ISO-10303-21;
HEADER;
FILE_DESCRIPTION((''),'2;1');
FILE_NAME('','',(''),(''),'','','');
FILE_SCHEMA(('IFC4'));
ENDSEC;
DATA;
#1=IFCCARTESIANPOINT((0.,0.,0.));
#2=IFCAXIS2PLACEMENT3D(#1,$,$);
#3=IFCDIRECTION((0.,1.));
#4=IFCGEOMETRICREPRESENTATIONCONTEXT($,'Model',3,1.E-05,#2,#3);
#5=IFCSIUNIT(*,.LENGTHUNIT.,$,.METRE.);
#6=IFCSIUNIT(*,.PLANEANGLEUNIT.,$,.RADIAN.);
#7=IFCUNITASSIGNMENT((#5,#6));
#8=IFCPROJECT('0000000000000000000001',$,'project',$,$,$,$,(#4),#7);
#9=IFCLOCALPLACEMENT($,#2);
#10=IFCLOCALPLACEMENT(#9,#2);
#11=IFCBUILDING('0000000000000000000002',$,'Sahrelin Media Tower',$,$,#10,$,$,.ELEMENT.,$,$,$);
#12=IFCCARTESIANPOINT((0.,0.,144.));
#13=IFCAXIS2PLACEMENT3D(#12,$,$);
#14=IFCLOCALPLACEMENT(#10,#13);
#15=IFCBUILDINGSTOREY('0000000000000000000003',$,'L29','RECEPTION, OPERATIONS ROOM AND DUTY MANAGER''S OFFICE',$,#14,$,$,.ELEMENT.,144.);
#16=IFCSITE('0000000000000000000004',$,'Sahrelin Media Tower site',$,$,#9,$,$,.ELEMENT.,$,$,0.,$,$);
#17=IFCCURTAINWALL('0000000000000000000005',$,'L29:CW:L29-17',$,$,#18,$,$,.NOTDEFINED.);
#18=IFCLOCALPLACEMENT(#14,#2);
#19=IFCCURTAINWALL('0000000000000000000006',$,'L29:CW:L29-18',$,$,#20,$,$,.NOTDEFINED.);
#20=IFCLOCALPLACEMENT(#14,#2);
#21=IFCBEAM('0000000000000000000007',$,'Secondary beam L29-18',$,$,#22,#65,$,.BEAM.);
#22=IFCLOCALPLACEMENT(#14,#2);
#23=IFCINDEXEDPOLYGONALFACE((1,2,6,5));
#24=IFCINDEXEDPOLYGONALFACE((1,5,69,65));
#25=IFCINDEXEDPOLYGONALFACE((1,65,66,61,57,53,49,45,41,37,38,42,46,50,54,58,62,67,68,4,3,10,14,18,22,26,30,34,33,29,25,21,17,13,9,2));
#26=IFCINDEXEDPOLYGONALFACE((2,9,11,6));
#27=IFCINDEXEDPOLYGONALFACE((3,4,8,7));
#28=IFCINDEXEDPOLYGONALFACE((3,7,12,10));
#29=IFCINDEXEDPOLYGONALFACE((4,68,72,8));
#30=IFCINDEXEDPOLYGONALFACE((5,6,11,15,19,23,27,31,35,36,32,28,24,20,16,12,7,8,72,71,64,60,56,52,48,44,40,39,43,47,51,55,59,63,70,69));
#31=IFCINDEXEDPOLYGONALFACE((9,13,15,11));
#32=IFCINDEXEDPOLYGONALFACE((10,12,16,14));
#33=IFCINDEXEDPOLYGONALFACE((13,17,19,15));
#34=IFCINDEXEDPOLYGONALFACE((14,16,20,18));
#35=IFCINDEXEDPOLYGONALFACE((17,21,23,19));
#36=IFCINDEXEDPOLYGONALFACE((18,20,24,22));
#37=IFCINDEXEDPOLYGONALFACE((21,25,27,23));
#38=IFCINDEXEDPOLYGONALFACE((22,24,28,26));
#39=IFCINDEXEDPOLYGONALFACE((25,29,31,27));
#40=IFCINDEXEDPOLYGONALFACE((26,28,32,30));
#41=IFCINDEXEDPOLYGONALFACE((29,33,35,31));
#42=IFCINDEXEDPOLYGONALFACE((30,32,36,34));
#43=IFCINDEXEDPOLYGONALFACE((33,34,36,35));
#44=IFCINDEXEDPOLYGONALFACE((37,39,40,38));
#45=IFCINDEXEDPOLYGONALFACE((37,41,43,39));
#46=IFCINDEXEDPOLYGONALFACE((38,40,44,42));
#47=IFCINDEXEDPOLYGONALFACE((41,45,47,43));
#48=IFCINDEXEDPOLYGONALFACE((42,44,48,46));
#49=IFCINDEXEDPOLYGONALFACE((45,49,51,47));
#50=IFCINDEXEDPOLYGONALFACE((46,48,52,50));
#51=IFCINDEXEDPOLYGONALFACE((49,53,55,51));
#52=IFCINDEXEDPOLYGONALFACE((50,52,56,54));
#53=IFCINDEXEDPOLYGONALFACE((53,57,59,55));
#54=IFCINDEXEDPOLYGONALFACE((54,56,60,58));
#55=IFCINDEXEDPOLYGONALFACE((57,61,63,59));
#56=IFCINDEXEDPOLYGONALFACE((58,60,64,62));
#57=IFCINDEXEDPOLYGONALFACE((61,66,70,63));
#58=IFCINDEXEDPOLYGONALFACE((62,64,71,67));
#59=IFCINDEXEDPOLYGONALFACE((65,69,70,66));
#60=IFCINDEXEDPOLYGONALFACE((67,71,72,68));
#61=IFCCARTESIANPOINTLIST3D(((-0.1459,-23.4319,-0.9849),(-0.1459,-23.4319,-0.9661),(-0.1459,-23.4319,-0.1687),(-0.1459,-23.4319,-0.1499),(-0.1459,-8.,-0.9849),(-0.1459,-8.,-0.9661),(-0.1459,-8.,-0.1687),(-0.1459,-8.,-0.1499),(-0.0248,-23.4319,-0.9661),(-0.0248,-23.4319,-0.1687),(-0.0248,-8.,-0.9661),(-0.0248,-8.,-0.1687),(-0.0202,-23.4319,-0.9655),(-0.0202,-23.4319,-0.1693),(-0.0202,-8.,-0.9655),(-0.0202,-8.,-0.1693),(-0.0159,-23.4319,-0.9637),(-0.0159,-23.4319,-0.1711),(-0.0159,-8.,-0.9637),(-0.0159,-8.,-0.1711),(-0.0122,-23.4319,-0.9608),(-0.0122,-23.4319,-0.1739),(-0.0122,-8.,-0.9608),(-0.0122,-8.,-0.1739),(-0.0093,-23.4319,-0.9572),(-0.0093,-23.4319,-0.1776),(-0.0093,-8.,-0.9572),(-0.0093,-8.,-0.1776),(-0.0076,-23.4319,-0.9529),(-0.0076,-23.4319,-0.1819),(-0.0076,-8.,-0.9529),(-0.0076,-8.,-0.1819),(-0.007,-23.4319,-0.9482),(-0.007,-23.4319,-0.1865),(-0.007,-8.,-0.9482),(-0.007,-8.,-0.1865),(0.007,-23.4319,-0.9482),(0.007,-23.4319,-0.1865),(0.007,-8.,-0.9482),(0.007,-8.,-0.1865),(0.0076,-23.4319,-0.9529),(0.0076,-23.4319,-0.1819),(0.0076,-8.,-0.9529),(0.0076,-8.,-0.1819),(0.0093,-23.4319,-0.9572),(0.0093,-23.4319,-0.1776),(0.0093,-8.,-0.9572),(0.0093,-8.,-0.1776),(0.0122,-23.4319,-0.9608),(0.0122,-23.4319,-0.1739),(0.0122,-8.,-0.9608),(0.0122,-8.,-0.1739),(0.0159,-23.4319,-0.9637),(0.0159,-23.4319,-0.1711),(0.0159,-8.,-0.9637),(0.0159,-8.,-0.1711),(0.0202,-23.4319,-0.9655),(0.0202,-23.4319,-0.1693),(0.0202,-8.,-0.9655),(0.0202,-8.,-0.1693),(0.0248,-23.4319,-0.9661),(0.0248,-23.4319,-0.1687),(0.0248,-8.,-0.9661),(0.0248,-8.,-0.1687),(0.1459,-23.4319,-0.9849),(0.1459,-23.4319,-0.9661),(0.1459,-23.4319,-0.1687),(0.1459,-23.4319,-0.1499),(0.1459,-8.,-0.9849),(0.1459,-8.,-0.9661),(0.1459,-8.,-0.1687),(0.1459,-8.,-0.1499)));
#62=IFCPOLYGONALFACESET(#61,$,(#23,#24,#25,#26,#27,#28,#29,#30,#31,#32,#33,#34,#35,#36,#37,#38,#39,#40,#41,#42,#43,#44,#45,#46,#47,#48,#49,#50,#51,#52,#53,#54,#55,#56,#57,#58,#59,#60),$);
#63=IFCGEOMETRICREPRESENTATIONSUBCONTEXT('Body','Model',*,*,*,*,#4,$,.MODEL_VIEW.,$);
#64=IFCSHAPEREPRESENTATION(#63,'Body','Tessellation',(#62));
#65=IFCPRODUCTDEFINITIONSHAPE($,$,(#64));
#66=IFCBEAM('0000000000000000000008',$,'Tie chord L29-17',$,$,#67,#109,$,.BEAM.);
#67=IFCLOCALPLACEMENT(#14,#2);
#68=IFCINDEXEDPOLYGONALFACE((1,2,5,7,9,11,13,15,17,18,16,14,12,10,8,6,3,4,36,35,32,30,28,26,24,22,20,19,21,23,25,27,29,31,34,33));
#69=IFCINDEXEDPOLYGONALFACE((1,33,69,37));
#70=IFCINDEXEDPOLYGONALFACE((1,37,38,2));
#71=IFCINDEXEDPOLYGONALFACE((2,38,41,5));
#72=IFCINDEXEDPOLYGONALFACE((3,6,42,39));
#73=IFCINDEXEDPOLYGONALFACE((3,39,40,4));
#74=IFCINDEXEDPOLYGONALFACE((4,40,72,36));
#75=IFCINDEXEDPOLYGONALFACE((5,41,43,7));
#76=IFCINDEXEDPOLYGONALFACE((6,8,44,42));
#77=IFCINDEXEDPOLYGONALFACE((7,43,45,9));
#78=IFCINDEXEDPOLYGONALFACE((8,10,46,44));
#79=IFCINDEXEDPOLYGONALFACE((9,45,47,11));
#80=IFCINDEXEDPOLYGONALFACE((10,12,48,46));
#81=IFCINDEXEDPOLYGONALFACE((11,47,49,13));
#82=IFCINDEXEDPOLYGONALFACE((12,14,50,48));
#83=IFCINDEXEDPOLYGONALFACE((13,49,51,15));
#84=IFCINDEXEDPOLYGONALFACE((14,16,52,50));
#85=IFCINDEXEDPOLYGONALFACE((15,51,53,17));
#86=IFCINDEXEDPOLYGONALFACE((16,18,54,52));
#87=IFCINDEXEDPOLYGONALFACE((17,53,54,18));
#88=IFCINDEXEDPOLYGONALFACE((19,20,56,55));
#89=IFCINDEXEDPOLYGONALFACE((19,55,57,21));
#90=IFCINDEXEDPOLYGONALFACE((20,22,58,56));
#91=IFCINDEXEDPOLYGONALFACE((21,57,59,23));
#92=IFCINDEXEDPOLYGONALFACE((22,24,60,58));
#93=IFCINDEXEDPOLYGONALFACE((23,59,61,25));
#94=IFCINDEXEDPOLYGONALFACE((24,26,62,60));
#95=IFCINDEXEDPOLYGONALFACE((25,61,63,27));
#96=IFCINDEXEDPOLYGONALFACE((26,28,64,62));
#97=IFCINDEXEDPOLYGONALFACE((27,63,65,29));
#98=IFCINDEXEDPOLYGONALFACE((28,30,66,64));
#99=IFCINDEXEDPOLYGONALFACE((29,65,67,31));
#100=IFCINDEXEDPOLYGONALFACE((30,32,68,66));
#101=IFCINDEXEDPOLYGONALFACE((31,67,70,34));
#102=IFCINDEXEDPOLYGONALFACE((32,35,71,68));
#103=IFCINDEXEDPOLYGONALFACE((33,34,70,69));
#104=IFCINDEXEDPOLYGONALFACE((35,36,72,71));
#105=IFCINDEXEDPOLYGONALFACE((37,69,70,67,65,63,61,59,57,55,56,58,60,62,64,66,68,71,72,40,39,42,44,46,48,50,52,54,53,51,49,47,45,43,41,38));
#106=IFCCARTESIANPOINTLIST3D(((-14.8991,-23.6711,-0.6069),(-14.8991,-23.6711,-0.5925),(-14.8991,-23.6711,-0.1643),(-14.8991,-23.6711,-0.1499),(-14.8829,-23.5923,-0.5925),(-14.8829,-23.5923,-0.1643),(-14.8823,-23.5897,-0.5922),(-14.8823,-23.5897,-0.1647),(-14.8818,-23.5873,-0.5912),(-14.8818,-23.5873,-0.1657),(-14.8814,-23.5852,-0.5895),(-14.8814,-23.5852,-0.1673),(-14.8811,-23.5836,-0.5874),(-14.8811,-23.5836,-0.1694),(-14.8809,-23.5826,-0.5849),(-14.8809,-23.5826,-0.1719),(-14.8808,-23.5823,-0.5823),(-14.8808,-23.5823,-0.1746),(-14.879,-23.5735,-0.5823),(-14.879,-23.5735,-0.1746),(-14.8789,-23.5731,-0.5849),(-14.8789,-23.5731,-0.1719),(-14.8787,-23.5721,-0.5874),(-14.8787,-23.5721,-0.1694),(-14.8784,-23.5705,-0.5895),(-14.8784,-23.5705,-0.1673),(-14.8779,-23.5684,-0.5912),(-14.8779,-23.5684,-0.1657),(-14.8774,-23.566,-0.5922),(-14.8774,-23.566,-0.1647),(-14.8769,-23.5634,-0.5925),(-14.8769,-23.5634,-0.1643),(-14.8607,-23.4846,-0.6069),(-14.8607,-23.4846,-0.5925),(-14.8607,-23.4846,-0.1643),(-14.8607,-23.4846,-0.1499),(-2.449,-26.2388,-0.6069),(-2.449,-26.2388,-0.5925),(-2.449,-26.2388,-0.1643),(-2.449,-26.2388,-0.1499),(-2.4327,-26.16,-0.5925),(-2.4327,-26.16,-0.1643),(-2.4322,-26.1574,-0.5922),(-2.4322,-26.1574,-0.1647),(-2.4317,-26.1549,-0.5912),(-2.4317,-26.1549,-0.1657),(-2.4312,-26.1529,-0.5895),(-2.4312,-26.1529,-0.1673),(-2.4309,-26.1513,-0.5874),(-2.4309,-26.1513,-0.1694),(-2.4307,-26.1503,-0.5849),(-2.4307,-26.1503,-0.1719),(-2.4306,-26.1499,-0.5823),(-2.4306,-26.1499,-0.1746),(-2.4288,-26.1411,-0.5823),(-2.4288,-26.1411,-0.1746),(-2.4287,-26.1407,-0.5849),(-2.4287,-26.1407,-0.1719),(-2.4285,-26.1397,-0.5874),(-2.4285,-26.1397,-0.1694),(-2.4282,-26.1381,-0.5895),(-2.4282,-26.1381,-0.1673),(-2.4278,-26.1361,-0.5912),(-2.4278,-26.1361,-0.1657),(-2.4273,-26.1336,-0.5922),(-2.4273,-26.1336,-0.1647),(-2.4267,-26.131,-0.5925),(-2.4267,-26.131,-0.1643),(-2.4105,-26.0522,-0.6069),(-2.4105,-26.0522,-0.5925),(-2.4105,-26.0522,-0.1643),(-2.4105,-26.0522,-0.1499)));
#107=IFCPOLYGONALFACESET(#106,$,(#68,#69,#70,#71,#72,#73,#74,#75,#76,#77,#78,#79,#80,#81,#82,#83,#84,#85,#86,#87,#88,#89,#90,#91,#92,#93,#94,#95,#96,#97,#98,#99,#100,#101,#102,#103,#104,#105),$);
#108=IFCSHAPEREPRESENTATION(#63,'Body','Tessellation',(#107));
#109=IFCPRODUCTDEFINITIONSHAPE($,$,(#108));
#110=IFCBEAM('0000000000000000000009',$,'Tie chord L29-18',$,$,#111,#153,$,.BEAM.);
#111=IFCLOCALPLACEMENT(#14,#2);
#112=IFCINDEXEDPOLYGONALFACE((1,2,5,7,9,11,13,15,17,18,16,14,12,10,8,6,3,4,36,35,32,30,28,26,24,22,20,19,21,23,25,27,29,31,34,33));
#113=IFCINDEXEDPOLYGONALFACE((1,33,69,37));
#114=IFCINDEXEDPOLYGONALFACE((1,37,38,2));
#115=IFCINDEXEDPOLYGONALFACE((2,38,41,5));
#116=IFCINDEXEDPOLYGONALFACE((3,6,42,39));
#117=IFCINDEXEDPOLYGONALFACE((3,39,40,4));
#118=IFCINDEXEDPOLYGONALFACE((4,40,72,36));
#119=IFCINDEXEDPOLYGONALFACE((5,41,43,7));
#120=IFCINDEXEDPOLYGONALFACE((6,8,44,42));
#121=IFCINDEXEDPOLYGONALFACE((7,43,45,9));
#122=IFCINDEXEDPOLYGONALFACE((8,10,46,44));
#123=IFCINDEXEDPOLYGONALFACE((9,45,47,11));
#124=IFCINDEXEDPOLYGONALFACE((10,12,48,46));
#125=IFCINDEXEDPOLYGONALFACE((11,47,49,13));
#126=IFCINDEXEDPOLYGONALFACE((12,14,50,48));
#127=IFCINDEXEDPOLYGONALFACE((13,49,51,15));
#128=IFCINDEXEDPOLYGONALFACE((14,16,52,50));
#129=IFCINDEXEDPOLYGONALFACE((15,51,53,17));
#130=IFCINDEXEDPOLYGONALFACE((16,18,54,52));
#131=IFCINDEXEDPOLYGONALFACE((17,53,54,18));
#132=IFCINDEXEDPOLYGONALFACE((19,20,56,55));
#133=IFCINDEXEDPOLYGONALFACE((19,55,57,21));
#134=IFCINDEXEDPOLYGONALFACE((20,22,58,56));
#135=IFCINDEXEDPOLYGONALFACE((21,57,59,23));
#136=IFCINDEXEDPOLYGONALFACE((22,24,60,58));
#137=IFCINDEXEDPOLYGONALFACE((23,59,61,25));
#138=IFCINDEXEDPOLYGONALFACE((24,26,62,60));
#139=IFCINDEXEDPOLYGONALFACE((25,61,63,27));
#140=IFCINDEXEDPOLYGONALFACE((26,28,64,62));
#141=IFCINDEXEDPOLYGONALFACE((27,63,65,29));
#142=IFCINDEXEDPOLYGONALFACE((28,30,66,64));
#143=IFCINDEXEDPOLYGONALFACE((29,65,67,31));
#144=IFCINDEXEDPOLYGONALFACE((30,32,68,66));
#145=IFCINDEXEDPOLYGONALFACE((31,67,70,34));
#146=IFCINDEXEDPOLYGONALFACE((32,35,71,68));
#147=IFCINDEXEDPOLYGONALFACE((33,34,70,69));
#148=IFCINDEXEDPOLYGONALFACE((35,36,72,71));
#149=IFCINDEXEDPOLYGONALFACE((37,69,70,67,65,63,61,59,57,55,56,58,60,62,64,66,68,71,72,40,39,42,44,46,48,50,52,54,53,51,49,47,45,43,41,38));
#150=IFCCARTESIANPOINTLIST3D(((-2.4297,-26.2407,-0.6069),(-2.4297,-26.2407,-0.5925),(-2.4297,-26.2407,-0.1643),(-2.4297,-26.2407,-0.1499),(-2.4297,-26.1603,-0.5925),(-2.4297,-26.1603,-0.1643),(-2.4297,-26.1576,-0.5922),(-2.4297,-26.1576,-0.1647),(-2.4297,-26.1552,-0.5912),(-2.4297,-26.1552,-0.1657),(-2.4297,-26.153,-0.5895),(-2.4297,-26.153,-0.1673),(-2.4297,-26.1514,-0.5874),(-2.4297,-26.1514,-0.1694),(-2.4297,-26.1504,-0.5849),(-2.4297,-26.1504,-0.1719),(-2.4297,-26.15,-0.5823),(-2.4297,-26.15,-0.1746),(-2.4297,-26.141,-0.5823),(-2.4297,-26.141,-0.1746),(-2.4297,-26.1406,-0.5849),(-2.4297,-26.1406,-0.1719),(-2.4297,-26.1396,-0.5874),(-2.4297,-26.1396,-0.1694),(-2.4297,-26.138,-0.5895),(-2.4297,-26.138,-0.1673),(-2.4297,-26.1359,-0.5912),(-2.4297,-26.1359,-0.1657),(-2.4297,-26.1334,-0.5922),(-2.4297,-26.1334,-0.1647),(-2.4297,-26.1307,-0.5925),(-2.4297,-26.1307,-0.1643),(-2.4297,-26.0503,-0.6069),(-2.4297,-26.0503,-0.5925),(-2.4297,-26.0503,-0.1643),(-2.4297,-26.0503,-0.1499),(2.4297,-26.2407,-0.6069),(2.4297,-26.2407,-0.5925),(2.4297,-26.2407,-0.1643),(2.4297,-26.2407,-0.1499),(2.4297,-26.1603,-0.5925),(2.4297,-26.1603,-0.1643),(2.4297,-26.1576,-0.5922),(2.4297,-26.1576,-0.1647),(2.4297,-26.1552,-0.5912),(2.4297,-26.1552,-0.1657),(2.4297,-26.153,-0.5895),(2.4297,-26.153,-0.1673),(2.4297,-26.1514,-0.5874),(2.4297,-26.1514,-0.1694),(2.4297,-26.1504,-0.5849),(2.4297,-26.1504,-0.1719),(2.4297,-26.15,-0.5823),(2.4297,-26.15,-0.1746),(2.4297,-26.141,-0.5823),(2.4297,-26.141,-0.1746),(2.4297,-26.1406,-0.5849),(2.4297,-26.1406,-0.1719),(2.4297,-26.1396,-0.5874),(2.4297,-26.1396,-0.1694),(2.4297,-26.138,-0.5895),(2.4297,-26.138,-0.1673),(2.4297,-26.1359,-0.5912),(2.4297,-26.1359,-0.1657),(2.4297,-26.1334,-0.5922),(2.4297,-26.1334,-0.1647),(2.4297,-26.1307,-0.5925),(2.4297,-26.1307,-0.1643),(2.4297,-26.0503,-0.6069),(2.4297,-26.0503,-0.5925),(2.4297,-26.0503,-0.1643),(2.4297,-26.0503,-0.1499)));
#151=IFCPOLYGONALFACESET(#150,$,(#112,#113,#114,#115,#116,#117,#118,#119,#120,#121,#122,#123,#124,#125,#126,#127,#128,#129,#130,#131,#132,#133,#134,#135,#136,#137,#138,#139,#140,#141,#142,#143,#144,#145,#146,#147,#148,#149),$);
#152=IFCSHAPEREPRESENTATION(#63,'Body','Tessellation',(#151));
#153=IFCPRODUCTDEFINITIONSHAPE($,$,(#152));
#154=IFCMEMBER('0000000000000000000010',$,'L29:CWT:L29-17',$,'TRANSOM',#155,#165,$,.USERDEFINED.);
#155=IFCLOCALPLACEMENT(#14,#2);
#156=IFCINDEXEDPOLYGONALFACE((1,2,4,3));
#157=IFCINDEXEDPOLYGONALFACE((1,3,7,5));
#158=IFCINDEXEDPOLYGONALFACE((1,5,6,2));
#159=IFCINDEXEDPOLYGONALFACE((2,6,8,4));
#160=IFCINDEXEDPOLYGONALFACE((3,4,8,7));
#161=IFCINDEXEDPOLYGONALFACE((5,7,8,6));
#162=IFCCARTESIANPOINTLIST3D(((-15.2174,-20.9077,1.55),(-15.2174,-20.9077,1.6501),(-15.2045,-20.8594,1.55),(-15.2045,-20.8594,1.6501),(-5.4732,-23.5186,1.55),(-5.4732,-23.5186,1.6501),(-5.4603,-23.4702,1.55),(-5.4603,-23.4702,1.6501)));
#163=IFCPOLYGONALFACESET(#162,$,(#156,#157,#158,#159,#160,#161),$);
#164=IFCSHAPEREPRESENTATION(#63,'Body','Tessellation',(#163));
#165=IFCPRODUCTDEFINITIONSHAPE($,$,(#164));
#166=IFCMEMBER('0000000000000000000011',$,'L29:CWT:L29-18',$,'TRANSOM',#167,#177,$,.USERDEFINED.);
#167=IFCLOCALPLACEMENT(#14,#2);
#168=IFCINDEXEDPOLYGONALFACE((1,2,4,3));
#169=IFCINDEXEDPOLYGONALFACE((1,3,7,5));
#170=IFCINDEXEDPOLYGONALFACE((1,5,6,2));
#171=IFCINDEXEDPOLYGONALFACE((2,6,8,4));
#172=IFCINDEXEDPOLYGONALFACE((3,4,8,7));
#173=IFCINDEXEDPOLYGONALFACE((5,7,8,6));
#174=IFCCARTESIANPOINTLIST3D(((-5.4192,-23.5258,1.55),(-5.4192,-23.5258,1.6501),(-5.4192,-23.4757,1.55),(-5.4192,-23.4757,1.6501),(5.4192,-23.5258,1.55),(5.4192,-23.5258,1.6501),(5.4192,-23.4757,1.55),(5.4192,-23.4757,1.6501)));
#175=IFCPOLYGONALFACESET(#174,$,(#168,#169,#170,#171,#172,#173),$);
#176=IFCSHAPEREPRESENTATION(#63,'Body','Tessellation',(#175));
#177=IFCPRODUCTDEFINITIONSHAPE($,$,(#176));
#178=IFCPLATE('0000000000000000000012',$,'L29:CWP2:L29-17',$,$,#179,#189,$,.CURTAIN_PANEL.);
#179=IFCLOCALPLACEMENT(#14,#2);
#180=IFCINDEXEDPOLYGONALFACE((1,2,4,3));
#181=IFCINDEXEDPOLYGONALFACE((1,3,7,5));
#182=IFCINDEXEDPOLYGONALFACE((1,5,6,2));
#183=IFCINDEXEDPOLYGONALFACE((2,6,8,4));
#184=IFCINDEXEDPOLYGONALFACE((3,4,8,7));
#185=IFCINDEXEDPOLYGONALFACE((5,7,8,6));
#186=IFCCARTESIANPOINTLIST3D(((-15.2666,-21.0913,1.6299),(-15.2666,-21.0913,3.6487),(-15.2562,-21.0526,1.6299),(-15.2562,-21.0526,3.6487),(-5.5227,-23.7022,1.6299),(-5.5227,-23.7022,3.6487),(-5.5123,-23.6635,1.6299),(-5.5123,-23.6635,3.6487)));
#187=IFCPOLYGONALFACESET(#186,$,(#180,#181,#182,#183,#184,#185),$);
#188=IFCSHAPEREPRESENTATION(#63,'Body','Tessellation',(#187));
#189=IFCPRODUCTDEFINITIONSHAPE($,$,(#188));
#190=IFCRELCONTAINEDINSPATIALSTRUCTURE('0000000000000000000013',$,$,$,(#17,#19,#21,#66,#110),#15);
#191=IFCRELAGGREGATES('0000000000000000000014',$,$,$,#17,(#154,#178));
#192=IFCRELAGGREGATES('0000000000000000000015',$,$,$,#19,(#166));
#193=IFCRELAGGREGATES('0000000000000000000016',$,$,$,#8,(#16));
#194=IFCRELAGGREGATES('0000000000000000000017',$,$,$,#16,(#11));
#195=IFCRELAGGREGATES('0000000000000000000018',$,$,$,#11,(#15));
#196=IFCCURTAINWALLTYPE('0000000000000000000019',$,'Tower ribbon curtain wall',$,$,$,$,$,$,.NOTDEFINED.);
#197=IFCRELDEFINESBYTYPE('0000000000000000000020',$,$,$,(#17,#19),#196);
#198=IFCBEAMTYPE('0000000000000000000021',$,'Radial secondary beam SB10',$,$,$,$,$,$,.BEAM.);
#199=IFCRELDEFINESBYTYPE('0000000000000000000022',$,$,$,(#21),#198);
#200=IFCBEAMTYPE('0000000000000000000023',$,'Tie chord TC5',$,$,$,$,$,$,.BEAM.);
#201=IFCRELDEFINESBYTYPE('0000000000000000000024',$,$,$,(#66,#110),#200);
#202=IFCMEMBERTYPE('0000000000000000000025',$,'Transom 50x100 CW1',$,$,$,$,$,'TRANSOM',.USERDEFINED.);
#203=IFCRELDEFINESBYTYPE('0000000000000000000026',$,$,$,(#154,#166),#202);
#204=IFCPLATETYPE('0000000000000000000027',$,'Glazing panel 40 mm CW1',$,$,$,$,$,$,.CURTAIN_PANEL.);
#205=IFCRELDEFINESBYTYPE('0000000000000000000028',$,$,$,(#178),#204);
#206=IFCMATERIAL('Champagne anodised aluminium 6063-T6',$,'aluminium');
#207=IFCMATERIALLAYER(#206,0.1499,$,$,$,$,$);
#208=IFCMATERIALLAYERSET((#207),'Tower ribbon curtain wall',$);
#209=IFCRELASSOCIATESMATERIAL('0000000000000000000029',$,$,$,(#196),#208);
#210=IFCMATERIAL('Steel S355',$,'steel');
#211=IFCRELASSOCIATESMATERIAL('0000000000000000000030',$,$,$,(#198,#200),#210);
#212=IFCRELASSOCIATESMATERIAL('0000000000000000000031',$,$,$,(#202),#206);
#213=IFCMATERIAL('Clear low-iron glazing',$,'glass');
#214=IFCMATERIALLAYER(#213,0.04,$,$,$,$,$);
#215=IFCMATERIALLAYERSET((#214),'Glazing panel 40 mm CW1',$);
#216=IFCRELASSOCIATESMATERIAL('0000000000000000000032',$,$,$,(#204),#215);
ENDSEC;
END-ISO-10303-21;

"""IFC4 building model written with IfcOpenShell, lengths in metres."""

from ifc_helpers import new_model, si_unit, direction, frame, origin, origin_2d, place, context, subcontext, project, spatial, polyline, rectangle, i_section, outline, extrude, material, layer, layer_set, material_profile, profile_set, type_object, element, aggregate, save


model = new_model("IFC4")

# Units and contexts
model_context = context("Model", 3, precision=1e-05, world=origin(), true_north=direction((0.0, 1.0)))
body_context = subcontext(model_context, "Body", "Model", "MODEL_VIEW")
ifc_project = project(units=[si_unit("LENGTHUNIT", "METRE"), si_unit("PLANEANGLEUNIT", "RADIAN")], contexts=[model_context])

# Site, building, storey
site_placement = place(None, origin())
site = spatial("IfcSite", under=ifc_project, at=site_placement, Name="Sahrelin Media Tower site", CompositionType="ELEMENT", RefElevation=0.0)
building_placement = place(site_placement, origin())
building = spatial("IfcBuilding", under=site, at=building_placement, Name="Sahrelin Media Tower", CompositionType="ELEMENT")
storey_placement = place(building_placement, frame((0.0, 0.0, 144.0)))
storey = spatial("IfcBuildingStorey", under=building, at=storey_placement, Name="L29", Description="RECEPTION, OPERATIONS ROOM AND DUTY MANAGER'S OFFICE", CompositionType="ELEMENT", Elevation=144.0)

# Shared definitions
ifc_material_1 = material(Name="Steel S355", Category="steel")

# Curtain walls
ifc_material_2 = material(Name="Champagne anodised aluminium 6063-T6", Category="aluminium")
ifc_layer_1 = layer(ifc_material_2, 0.1499)
ifc_layer_set_1 = layer_set([ifc_layer_1], Name="Tower ribbon curtain wall")
curtain_wall_type = type_object("IfcCurtainWallType", Name="Tower ribbon curtain wall", PredefinedType="NOTDEFINED", material=ifc_layer_set_1)
curtain_wall_1_placement = place(storey_placement, frame((-10.3894, -22.3772, 0.0), z_axis=(0.0, 0.0, 1.0), x_axis=(1.0, 0.0, 0.0)))
curtain_wall_1 = element("IfcCurtainWall", 1, at=curtain_wall_1_placement, inside=storey, type_object=curtain_wall_type, Name="L29:CW:L29-17", PredefinedType="NOTDEFINED")
curtain_wall_2_placement = place(storey_placement, frame((0.0, -23.6958, 0.0), z_axis=(0.0, 0.0, 1.0), x_axis=(1.0, 0.0, 0.0)))
curtain_wall_2 = element("IfcCurtainWall", 2, at=curtain_wall_2_placement, inside=storey, type_object=curtain_wall_type, Name="L29:CW:L29-18", PredefinedType="NOTDEFINED")

# Beams
ifc_material_profile_1 = material_profile(ifc_material_1, i_section(OverallWidth=0.2917, OverallDepth=0.835, WebThickness=0.0139, FlangeThickness=0.0188, FilletRadius=0.0178, at=origin_2d()), Name="UB 838x292x176")
ifc_profile_set_1 = profile_set([ifc_material_profile_1], Name="Steel S355")
beam_type_1 = type_object("IfcBeamType", Name="Radial secondary beam SB10", PredefinedType="BEAM", material=ifc_profile_set_1)
beam_1_placement = place(storey_placement, frame((0.0, -8.0, -0.5674), z_axis=(0.0, -1.0, 0.0), x_axis=(1.0, 0.0, 0.0)))
element("IfcBeam", 3, at=beam_1_placement, inside=storey, type_object=beam_type_1, Name="Secondary beam L29-18", PredefinedType="BEAM", context=body_context, shape_type="SweptSolid", body=[
    extrude(i_section(OverallWidth=0.2917, OverallDepth=0.835, WebThickness=0.0139, FlangeThickness=0.0188, FilletRadius=0.0178, at=origin_2d()), origin(), (0.0, 0.0, 1.0), 15.4319),
])
ifc_material_profile_2 = material_profile(ifc_material_1, i_section(OverallWidth=0.1904, OverallDepth=0.457, WebThickness=0.009, FlangeThickness=0.0144, FilletRadius=0.0103, at=origin_2d()), Name="UB 457x191x74")
ifc_profile_set_2 = profile_set([ifc_material_profile_2], Name="Steel S355")
beam_type_2 = type_object("IfcBeamType", Name="Tie chord TC5", PredefinedType="BEAM", material=ifc_profile_set_2)
beam_2_placement = place(storey_placement, frame((-14.8799, -23.5779, -0.3784), z_axis=(0.979389, -0.201981, 0.0), x_axis=(0.201981, 0.979389, 0.0)))
element("IfcBeam", 4, at=beam_2_placement, inside=storey, type_object=beam_type_2, Name="Tie chord L29-17", PredefinedType="BEAM", context=body_context, shape_type="SweptSolid", body=[
    extrude(i_section(OverallWidth=0.1904, OverallDepth=0.457, WebThickness=0.009, FlangeThickness=0.0144, FilletRadius=0.0103, at=origin_2d()), origin(), (0.0, 0.0, 1.0), 12.7122),
])
beam_3_placement = place(storey_placement, frame((-2.4297, -26.1455, -0.3784), z_axis=(1.0, 0.0, 0.0), x_axis=(0.0, 1.0, 0.0)))
element("IfcBeam", 5, at=beam_3_placement, inside=storey, type_object=beam_type_2, Name="Tie chord L29-18", PredefinedType="BEAM", context=body_context, shape_type="SweptSolid", body=[
    extrude(i_section(OverallWidth=0.1904, OverallDepth=0.457, WebThickness=0.009, FlangeThickness=0.0144, FilletRadius=0.0103, at=origin_2d()), origin(), (0.0, 0.0, 1.0), 4.8594),
])

# Members
ifc_material_profile_3 = material_profile(ifc_material_2, rectangle(XDim=0.05, YDim=0.1001, at=origin_2d()), Name="Transom 50x100")
ifc_profile_set_3 = profile_set([ifc_material_profile_3], Name="Champagne anodised aluminium 6063-T6")
member_type_1 = type_object("IfcMemberType", Name="Transom 50x100 CW1", ElementType="TRANSOM", PredefinedType="USERDEFINED", material=ifc_profile_set_3)
member_1_placement = place(storey_placement, frame((-15.2109, -20.8835, 1.6001), z_axis=(0.965928, -0.25881, 0.0), x_axis=(0.25881, 0.965928, 0.0)))
member_1 = element("IfcMember", 6, at=member_1_placement, type_object=member_type_1, Name="L29:CWT:L29-17", ObjectType="TRANSOM", PredefinedType="USERDEFINED", context=body_context, shape_type="SweptSolid", body=[
    extrude(rectangle(XDim=0.05, YDim=0.1001, at=origin_2d()), origin(), (0.0, 0.0, 1.0), 10.0879),
])
member_2_placement = place(storey_placement, frame((-5.4192, -23.5007, 1.6001), z_axis=(1.0, 0.0, 0.0), x_axis=(0.0, 1.0, 0.0)))
member_2 = element("IfcMember", 7, at=member_2_placement, type_object=member_type_1, Name="L29:CWT:L29-18", ObjectType="TRANSOM", PredefinedType="USERDEFINED", context=body_context, shape_type="SweptSolid", body=[
    extrude(rectangle(XDim=0.05, YDim=0.1001, at=origin_2d()), origin(), (0.0, 0.0, 1.0), 10.8384),
])

# Plate
ifc_material_3 = material(Name="Clear low-iron glazing", Category="glass")
ifc_layer_2 = layer(ifc_material_3, 0.04)
ifc_layer_set_2 = layer_set([ifc_layer_2], Name="Glazing panel 40 mm CW1")
plate_type_1 = type_object("IfcPlateType", Name="Glazing panel 40 mm CW1", PredefinedType="CURTAIN_PANEL", material=ifc_layer_set_2)
plate_1_placement = place(storey_placement, frame((-15.2666, -21.0913, 1.6299), z_axis=(-0.258816, -0.965927, 0.0), x_axis=(0.965927, -0.258816, 0.0)))
plate_1 = element("IfcPlate", 8, at=plate_1_placement, type_object=plate_type_1, Name="L29:CWP2:L29-17", PredefinedType="CURTAIN_PANEL", context=body_context, shape_type="SweptSolid", body=[
    extrude(outline(polyline([(0.0, 0.0), (10.0876, 0.0), (10.0876, 2.0188), (0.0, 2.0188), (0.0, 0.0)])), origin(), (0.0, 0.0, -1.0), 0.04),
])
aggregate(curtain_wall_1, [member_1, plate_1])
aggregate(curtain_wall_2, [member_2])

save(model, "model.ifc")
